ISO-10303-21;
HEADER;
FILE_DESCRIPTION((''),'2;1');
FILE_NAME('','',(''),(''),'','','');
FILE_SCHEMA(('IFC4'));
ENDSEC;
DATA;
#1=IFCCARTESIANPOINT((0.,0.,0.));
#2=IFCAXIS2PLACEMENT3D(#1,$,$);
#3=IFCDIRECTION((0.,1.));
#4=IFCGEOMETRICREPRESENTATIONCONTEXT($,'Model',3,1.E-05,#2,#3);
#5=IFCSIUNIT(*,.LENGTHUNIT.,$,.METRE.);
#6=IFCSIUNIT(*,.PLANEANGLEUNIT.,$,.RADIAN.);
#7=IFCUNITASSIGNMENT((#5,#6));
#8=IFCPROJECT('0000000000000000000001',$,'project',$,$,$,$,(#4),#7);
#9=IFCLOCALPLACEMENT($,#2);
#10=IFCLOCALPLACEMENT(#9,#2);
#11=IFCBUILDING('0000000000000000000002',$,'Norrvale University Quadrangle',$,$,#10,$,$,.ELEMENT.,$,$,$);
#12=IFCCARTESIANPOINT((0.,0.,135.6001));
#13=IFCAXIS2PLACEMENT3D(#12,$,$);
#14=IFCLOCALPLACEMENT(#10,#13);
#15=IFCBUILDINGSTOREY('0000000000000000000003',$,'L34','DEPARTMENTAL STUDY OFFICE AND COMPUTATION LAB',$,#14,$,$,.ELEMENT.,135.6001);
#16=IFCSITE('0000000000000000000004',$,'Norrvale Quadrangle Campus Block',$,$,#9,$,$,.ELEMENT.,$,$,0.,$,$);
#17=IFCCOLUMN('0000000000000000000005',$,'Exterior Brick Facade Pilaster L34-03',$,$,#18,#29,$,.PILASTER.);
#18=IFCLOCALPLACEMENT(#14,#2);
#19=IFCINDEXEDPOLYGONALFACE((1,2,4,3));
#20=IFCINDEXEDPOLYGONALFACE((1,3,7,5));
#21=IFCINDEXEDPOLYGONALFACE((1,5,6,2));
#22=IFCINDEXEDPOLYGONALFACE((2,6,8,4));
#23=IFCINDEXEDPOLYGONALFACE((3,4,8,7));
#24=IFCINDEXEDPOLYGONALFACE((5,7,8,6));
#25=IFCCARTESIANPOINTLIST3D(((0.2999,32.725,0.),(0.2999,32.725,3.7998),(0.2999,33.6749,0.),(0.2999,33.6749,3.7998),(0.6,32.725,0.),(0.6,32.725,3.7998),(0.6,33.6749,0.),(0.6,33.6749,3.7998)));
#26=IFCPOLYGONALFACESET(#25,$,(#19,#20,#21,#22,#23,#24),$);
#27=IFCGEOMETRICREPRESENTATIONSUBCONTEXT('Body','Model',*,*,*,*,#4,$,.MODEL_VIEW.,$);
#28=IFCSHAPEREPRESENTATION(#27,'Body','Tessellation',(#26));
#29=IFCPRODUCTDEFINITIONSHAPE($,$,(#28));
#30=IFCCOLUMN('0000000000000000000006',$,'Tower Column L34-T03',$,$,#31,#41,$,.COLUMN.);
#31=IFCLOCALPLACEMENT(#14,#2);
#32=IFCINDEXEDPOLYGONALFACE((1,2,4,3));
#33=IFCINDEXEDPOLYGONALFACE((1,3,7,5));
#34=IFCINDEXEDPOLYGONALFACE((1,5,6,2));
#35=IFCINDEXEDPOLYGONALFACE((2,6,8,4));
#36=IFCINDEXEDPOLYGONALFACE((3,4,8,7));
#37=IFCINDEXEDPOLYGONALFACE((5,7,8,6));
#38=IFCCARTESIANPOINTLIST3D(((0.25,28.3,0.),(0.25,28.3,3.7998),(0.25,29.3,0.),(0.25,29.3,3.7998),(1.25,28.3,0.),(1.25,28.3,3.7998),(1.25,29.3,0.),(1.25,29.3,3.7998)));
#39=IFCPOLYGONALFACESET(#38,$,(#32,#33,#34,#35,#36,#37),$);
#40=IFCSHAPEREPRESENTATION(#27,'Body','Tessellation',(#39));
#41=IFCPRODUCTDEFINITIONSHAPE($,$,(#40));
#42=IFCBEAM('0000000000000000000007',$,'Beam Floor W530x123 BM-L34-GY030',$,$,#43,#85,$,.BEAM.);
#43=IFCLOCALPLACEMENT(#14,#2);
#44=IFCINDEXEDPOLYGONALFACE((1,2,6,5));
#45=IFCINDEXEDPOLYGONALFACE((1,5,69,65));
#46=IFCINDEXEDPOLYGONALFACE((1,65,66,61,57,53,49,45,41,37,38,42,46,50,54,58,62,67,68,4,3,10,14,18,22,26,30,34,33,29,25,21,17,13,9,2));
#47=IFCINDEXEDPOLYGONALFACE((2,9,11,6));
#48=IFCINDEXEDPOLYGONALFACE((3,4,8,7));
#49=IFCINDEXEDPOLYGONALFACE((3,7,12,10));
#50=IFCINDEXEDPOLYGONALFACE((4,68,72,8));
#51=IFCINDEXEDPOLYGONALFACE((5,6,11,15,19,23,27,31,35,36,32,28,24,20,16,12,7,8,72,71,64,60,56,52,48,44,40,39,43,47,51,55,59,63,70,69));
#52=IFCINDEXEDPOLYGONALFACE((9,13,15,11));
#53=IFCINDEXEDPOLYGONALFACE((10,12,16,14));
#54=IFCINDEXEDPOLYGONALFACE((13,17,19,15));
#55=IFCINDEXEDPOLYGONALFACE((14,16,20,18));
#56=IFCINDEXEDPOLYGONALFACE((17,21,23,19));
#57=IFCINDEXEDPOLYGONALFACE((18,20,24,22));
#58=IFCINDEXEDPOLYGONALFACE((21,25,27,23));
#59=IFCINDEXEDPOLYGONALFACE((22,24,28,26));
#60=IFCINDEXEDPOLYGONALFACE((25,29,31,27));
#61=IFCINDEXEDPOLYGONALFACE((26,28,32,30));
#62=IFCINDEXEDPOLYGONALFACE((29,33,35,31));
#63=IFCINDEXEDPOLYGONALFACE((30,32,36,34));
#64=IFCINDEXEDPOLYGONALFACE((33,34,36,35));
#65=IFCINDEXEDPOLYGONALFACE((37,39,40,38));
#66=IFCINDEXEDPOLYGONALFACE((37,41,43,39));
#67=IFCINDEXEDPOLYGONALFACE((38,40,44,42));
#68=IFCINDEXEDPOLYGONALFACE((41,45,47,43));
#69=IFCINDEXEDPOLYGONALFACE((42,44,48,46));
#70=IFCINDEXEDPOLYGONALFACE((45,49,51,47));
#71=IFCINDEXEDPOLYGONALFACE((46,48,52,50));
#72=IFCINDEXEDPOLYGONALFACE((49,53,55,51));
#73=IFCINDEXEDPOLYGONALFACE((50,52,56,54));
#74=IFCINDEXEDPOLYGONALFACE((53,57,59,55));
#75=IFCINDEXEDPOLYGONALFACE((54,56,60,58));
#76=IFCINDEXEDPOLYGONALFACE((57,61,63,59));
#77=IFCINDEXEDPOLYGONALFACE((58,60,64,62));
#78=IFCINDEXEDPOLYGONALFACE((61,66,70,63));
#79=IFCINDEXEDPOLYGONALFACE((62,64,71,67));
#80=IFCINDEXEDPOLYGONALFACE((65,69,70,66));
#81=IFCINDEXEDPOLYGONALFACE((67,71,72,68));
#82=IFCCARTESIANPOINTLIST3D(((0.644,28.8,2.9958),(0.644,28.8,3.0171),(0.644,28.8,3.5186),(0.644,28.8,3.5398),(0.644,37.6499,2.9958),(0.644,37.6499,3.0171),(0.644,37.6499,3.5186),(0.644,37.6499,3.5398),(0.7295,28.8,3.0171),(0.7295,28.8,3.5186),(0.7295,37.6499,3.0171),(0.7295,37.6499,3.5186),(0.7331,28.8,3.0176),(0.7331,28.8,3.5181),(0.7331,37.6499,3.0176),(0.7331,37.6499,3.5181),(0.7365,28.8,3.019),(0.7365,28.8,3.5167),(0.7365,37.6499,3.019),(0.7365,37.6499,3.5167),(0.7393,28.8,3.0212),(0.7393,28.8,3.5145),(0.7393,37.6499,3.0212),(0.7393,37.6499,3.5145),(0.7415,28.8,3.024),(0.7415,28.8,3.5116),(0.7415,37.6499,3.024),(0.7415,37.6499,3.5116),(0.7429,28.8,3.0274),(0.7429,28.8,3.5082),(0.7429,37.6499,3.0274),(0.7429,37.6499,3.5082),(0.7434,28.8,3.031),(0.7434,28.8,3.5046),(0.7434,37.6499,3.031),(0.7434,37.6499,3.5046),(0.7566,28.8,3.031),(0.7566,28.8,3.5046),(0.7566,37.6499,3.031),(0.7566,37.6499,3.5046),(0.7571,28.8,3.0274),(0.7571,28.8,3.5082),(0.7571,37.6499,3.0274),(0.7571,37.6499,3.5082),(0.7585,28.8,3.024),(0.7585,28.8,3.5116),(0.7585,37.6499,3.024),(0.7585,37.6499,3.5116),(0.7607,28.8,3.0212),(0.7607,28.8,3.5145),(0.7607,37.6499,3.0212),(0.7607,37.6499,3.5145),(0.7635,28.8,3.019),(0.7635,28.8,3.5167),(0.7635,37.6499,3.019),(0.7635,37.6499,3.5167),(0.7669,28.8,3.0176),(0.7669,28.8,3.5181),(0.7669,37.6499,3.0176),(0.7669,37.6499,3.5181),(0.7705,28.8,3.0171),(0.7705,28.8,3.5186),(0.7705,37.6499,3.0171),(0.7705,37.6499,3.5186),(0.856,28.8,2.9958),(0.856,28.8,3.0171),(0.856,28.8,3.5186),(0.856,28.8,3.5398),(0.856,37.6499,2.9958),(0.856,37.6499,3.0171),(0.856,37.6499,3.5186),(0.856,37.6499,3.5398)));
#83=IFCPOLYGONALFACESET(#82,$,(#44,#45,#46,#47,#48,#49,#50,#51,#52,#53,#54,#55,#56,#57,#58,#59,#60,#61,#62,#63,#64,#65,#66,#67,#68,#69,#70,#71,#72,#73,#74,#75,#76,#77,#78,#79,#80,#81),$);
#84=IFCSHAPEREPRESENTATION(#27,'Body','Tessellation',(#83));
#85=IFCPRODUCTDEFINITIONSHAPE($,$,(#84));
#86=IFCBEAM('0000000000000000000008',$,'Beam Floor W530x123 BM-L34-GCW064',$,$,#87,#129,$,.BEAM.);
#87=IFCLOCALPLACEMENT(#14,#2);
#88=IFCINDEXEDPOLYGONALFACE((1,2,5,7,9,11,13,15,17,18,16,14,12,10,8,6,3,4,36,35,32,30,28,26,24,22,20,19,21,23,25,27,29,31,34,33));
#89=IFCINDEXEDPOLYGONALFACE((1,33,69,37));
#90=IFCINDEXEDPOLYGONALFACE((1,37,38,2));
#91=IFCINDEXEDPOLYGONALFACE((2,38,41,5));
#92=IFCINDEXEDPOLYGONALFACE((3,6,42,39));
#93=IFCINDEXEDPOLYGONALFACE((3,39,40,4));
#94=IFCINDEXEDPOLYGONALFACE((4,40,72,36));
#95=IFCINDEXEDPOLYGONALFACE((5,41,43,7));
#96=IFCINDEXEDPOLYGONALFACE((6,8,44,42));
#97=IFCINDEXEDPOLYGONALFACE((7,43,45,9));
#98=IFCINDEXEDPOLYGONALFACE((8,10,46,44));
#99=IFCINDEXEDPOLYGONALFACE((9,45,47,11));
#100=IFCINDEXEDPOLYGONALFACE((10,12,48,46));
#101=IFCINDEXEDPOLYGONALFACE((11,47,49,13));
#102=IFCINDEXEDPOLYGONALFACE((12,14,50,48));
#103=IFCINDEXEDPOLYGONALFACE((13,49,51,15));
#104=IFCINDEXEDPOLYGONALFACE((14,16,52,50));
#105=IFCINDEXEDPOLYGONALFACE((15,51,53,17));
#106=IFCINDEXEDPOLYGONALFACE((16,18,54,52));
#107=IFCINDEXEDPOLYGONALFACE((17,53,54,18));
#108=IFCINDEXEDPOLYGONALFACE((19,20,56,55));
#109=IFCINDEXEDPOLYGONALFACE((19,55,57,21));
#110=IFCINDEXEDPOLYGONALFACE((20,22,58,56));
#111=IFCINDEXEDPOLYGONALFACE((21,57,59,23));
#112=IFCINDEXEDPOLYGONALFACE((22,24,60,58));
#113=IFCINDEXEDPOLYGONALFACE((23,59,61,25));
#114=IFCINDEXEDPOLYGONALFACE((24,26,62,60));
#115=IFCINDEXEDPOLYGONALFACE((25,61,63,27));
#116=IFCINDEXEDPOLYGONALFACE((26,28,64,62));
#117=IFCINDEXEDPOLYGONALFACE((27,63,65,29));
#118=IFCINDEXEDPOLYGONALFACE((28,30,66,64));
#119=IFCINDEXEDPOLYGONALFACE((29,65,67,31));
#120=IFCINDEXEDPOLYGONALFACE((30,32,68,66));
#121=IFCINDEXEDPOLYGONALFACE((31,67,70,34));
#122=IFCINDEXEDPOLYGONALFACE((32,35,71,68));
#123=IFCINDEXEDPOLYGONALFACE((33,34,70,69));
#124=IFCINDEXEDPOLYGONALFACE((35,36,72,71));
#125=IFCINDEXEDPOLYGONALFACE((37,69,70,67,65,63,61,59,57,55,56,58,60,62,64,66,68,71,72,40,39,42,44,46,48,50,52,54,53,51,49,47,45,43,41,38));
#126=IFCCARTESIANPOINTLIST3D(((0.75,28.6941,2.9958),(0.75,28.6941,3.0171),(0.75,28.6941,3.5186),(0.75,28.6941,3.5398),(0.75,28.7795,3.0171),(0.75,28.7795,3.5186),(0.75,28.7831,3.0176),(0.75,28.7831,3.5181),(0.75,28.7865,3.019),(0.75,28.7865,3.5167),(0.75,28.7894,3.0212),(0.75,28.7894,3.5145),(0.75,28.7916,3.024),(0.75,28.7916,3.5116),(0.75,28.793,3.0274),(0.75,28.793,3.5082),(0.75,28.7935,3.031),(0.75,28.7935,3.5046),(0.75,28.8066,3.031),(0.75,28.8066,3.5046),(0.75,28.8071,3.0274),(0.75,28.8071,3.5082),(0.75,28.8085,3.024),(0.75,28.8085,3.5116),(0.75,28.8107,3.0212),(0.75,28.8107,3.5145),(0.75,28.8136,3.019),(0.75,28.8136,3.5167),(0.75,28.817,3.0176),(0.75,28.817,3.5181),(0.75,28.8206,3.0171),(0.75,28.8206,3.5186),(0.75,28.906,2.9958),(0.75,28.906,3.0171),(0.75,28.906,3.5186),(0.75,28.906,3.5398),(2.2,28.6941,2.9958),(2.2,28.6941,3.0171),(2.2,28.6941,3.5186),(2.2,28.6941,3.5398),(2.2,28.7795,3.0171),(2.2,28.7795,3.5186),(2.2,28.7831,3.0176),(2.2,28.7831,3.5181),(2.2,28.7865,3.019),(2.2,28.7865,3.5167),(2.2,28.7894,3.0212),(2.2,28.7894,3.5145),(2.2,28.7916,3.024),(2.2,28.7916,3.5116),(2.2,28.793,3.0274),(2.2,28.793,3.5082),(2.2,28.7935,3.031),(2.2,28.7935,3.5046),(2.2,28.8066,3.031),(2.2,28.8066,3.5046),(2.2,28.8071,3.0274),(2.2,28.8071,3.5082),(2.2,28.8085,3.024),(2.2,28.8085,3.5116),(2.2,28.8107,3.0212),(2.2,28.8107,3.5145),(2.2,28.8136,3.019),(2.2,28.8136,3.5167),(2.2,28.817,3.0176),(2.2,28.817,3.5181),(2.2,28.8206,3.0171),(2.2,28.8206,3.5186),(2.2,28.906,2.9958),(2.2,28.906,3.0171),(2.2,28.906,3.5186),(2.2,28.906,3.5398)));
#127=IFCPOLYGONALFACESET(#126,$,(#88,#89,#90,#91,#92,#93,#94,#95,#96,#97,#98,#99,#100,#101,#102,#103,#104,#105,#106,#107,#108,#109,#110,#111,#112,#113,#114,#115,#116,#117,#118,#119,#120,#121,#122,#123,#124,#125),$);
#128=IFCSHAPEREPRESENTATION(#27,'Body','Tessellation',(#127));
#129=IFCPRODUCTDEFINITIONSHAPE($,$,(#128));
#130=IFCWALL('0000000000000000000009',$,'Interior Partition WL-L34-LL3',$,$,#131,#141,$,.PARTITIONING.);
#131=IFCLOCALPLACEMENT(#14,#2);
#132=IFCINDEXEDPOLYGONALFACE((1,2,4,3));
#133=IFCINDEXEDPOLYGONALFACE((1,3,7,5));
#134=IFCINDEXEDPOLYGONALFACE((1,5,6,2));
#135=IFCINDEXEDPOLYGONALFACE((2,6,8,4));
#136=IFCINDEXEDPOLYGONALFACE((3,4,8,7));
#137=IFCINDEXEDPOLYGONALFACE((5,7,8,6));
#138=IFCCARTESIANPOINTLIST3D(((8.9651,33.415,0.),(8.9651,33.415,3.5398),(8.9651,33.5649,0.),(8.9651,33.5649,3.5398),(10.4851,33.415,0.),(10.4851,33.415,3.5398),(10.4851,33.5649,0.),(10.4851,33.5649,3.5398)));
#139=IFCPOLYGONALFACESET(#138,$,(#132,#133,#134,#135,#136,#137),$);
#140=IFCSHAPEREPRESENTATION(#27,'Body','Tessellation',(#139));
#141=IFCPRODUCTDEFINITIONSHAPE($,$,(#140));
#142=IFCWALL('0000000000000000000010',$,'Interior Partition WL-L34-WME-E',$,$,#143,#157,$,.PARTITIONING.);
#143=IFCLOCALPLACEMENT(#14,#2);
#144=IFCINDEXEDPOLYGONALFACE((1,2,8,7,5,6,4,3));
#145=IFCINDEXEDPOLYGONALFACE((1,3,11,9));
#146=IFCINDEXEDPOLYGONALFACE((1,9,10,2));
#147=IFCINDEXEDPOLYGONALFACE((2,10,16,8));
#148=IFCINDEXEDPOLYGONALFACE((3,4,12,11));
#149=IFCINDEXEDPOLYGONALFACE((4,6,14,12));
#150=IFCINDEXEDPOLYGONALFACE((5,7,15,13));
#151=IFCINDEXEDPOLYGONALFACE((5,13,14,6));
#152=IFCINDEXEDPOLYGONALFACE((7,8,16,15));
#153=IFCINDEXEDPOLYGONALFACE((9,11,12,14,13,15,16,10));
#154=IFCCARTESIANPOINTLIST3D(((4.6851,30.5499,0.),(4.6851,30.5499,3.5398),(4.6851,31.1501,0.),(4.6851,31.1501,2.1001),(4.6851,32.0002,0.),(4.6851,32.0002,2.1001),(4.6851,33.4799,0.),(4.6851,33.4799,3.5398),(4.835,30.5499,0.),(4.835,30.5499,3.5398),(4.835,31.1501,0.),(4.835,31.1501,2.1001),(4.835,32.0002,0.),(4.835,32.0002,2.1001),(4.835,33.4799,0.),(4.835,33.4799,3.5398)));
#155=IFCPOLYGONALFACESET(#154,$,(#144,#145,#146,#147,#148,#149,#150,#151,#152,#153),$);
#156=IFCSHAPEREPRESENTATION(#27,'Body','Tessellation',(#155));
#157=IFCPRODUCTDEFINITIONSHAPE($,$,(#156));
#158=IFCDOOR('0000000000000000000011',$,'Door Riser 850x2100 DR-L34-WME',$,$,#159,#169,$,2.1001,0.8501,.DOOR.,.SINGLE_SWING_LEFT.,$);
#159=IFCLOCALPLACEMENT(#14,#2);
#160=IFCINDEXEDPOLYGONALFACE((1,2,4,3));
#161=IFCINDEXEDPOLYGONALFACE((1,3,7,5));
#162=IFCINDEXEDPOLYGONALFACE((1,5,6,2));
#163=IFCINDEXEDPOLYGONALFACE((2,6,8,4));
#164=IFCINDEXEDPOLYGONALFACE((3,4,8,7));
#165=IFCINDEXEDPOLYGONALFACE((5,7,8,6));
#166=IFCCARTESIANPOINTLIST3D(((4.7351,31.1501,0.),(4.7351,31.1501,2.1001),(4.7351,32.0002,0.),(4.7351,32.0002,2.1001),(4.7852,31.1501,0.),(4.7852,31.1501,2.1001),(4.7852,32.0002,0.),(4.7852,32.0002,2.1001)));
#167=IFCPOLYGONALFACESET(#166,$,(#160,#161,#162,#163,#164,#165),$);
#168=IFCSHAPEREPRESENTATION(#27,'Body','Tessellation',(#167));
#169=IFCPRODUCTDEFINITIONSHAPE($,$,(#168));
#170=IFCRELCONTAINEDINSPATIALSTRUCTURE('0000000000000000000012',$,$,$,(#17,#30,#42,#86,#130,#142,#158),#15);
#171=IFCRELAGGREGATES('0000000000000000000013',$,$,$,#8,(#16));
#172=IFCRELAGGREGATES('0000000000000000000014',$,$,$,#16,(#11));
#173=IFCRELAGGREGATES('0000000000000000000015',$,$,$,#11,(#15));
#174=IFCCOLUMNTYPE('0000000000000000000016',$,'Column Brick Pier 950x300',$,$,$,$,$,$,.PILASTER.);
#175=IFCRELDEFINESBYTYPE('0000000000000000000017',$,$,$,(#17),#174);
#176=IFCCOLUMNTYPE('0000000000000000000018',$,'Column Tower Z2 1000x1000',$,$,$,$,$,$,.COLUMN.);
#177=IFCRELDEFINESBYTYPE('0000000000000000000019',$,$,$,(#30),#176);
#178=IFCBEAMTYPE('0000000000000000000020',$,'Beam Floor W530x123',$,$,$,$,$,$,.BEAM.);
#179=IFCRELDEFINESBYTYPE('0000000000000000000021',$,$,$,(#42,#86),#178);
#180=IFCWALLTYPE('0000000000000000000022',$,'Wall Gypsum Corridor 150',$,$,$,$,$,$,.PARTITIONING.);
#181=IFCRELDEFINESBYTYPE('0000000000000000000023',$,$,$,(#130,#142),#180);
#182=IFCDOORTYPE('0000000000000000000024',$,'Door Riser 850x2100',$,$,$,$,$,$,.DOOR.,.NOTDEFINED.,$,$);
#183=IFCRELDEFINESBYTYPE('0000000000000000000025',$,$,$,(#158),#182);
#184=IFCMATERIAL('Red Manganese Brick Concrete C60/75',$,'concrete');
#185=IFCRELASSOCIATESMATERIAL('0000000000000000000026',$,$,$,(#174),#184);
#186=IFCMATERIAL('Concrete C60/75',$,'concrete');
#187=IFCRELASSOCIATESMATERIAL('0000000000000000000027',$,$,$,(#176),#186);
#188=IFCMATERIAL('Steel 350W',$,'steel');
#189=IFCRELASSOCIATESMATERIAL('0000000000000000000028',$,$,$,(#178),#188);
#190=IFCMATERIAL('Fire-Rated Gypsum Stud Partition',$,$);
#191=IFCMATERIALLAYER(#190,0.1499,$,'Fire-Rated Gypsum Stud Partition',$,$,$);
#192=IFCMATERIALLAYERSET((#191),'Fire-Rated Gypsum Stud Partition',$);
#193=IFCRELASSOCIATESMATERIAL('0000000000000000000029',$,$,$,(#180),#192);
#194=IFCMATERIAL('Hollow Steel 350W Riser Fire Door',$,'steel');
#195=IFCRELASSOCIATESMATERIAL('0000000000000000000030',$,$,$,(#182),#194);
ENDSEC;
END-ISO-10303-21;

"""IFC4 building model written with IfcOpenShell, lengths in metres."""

from ifc_helpers import new_model, si_unit, direction, frame, frame_2d, origin, origin_2d, place, context, subcontext, project, spatial, rectangle, i_section, extrude, material, layer, layer_set, material_profile, profile_set, type_object, element, fill, save


model = new_model("IFC4")

# Units and contexts
model_context = context("Model", 3, precision=1e-05, world=origin(), true_north=direction((0.0, 1.0)))
body_context = subcontext(model_context, "Body", "Model", "MODEL_VIEW")
ifc_project = project(units=[si_unit("LENGTHUNIT", "METRE"), si_unit("PLANEANGLEUNIT", "RADIAN")], contexts=[model_context])

# Site, building, storey
site_placement = place(None, origin())
site = spatial("IfcSite", under=ifc_project, at=site_placement, Name="Norrvale Quadrangle Campus Block", CompositionType="ELEMENT", RefElevation=0.0)
building_placement = place(site_placement, origin())
building = spatial("IfcBuilding", under=site, at=building_placement, Name="Norrvale University Quadrangle", CompositionType="ELEMENT")
storey_placement = place(building_placement, frame((0.0, 0.0, 135.6001)))
storey = spatial("IfcBuildingStorey", under=building, at=storey_placement, Name="L34", Description="DEPARTMENTAL STUDY OFFICE AND COMPUTATION LAB", CompositionType="ELEMENT", Elevation=135.6001)

# Columns
ifc_material_1 = material(Name="Red Manganese Brick Concrete C60/75", Category="concrete")
ifc_material_profile_1 = material_profile(ifc_material_1, rectangle(XDim=0.95, YDim=0.3, at=origin_2d()), Name="Red Manganese Brick Concrete C60/75")
ifc_profile_set_1 = profile_set([ifc_material_profile_1], Name="Red Manganese Brick Concrete C60/75")
column_type_1 = type_object("IfcColumnType", Name="Column Brick Pier 950x300", PredefinedType="PILASTER", material=ifc_profile_set_1)
column_1_placement = place(storey_placement, frame((0.45, 33.2, 0.0), z_axis=(0.0, 0.0, 1.0), x_axis=(0.0, 1.0, 0.0)))
element("IfcColumn", 1, at=column_1_placement, inside=storey, type_object=column_type_1, Name="Exterior Brick Facade Pilaster L34-03", PredefinedType="PILASTER", context=body_context, shape_type="SweptSolid", body=[
    extrude(rectangle(XDim=0.95, YDim=0.3, at=origin_2d()), origin(), (0.0, 0.0, 1.0), 3.7998),
])
ifc_material_2 = material(Name="Concrete C60/75", Category="concrete")
ifc_material_profile_2 = material_profile(ifc_material_2, rectangle(XDim=1.0, YDim=1.0, at=origin_2d()), Name="Concrete C60/75")
ifc_profile_set_2 = profile_set([ifc_material_profile_2], Name="Concrete C60/75")
column_type_2 = type_object("IfcColumnType", Name="Column Tower Z2 1000x1000", PredefinedType="COLUMN", material=ifc_profile_set_2)
column_2_placement = place(storey_placement, frame((0.75, 28.8, 0.0), z_axis=(0.0, 0.0, 1.0), x_axis=(1.0, 0.0, 0.0)))
element("IfcColumn", 2, at=column_2_placement, inside=storey, type_object=column_type_2, Name="Tower Column L34-T03", PredefinedType="COLUMN", context=body_context, shape_type="SweptSolid", body=[
    extrude(rectangle(XDim=1.0, YDim=1.0, at=origin_2d()), origin(), (0.0, 0.0, 1.0), 3.7998),
])

# Beams
ifc_material_3 = material(Name="Steel 350W", Category="steel")
ifc_material_profile_3 = material_profile(ifc_material_3, i_section(OverallWidth=0.2119, OverallDepth=0.5439, WebThickness=0.0132, FlangeThickness=0.0212, FilletRadius=0.0139, at=origin_2d()), Name="Steel 350W")
ifc_profile_set_3 = profile_set([ifc_material_profile_3], Name="Steel 350W")
beam_type = type_object("IfcBeamType", Name="Beam Floor W530x123", PredefinedType="BEAM", material=ifc_profile_set_3)
beam_1_placement = place(storey_placement, frame((0.75, 28.8, 3.2678), z_axis=(0.0, 1.0, 0.0), x_axis=(-1.0, 0.0, 0.0)))
element("IfcBeam", 3, at=beam_1_placement, inside=storey, type_object=beam_type, Name="Beam Floor W530x123 BM-L34-GY030", PredefinedType="BEAM", context=body_context, shape_type="SweptSolid", body=[
    extrude(i_section(OverallWidth=0.2119, OverallDepth=0.5439, WebThickness=0.0132, FlangeThickness=0.0212, FilletRadius=0.0139, at=origin_2d()), origin(), (0.0, 0.0, 1.0), 8.8499),
])
beam_2_placement = place(storey_placement, frame((0.75, 28.8, 3.2678), z_axis=(1.0, 0.0, 0.0), x_axis=(0.0, 1.0, 0.0)))
element("IfcBeam", 4, at=beam_2_placement, inside=storey, type_object=beam_type, Name="Beam Floor W530x123 BM-L34-GCW064", PredefinedType="BEAM", context=body_context, shape_type="SweptSolid", body=[
    extrude(i_section(OverallWidth=0.2119, OverallDepth=0.5439, WebThickness=0.0132, FlangeThickness=0.0212, FilletRadius=0.0139, at=origin_2d()), origin(), (0.0, 0.0, 1.0), 1.45),
])

# Wall
ifc_material_4 = material(Name="Fire-Rated Gypsum Stud Partition")
ifc_layer_1 = layer(ifc_material_4, 0.1499, Name="Fire-Rated Gypsum Stud Partition")
ifc_layer_set_1 = layer_set([ifc_layer_1], Name="Fire-Rated Gypsum Stud Partition")
wall_type_1 = type_object("IfcWallType", Name="Wall Gypsum Corridor 150", PredefinedType="PARTITIONING", material=ifc_layer_set_1)
wall_1_placement = place(storey_placement, frame((8.9651, 33.49, 0.0), z_axis=(0.0, 0.0, 1.0), x_axis=(1.0, 0.0, 0.0)))
element("IfcWall", 5, at=wall_1_placement, inside=storey, type_object=wall_type_1, Name="Interior Partition WL-L34-LL3", PredefinedType="PARTITIONING", context=body_context, shape_type="SweptSolid", body=[
    extrude(rectangle(XDim=1.52, YDim=0.1499, at=frame_2d((0.76, 0.0))), origin(), (0.0, 0.0, 1.0), 3.5398),
])

# Wall, opening, door
wall_2_placement = place(storey_placement, frame((4.76, 30.55, 0.0), z_axis=(0.0, 0.0, 1.0), x_axis=(0.0, 1.0, 0.0)))
wall_2 = element("IfcWall", 6, at=wall_2_placement, inside=storey, type_object=wall_type_1, Name="Interior Partition WL-L34-WME-E", PredefinedType="PARTITIONING", context=body_context, shape_type="SweptSolid", body=[
    extrude(rectangle(XDim=2.9299, YDim=0.1499, at=frame_2d((1.4648, 0.0))), origin(), (0.0, 0.0, 1.0), 3.5398),
])
opening_1_placement = place(wall_2_placement, frame((0.6001, 0.0, 0.0)))
opening_1 = element("IfcOpeningElement", 7, at=opening_1_placement, cuts=wall_2, PredefinedType="OPENING", context=body_context, shape_type="SweptSolid", body=[
    extrude(rectangle(XDim=0.8501, YDim=2.1001, at=frame_2d((0.425, 1.05))), frame((0.0, 0.0869, 0.0), z_axis=(0.0, -1.0, 0.0), x_axis=(1.0, 0.0, 0.0)), (0.0, 0.0, 1.0), 0.1738),
])
ifc_material_5 = material(Name="Hollow Steel 350W Riser Fire Door", Category="steel")
door_type_1 = type_object("IfcDoorType", Name="Door Riser 850x2100", OperationType="NOTDEFINED", PredefinedType="DOOR", material=ifc_material_5)
door_1_placement = place(opening_1_placement, origin())
door_1 = element("IfcDoor", 8, at=door_1_placement, inside=storey, type_object=door_type_1, Name="Door Riser 850x2100 DR-L34-WME", OperationType="SINGLE_SWING_LEFT", OverallHeight=2.1001, OverallWidth=0.8501, PredefinedType="DOOR", context=body_context, shape_type="SweptSolid", body=[
    extrude(rectangle(XDim=0.8501, YDim=2.1001, at=frame_2d((0.425, 1.05))), frame((0.0, 0.0249, 0.0), z_axis=(0.0, -1.0, 0.0), x_axis=(1.0, 0.0, 0.0)), (0.0, 0.0, 1.0), 0.05),
])
fill(opening_1, door_1)

save(model, "model.ifc")
